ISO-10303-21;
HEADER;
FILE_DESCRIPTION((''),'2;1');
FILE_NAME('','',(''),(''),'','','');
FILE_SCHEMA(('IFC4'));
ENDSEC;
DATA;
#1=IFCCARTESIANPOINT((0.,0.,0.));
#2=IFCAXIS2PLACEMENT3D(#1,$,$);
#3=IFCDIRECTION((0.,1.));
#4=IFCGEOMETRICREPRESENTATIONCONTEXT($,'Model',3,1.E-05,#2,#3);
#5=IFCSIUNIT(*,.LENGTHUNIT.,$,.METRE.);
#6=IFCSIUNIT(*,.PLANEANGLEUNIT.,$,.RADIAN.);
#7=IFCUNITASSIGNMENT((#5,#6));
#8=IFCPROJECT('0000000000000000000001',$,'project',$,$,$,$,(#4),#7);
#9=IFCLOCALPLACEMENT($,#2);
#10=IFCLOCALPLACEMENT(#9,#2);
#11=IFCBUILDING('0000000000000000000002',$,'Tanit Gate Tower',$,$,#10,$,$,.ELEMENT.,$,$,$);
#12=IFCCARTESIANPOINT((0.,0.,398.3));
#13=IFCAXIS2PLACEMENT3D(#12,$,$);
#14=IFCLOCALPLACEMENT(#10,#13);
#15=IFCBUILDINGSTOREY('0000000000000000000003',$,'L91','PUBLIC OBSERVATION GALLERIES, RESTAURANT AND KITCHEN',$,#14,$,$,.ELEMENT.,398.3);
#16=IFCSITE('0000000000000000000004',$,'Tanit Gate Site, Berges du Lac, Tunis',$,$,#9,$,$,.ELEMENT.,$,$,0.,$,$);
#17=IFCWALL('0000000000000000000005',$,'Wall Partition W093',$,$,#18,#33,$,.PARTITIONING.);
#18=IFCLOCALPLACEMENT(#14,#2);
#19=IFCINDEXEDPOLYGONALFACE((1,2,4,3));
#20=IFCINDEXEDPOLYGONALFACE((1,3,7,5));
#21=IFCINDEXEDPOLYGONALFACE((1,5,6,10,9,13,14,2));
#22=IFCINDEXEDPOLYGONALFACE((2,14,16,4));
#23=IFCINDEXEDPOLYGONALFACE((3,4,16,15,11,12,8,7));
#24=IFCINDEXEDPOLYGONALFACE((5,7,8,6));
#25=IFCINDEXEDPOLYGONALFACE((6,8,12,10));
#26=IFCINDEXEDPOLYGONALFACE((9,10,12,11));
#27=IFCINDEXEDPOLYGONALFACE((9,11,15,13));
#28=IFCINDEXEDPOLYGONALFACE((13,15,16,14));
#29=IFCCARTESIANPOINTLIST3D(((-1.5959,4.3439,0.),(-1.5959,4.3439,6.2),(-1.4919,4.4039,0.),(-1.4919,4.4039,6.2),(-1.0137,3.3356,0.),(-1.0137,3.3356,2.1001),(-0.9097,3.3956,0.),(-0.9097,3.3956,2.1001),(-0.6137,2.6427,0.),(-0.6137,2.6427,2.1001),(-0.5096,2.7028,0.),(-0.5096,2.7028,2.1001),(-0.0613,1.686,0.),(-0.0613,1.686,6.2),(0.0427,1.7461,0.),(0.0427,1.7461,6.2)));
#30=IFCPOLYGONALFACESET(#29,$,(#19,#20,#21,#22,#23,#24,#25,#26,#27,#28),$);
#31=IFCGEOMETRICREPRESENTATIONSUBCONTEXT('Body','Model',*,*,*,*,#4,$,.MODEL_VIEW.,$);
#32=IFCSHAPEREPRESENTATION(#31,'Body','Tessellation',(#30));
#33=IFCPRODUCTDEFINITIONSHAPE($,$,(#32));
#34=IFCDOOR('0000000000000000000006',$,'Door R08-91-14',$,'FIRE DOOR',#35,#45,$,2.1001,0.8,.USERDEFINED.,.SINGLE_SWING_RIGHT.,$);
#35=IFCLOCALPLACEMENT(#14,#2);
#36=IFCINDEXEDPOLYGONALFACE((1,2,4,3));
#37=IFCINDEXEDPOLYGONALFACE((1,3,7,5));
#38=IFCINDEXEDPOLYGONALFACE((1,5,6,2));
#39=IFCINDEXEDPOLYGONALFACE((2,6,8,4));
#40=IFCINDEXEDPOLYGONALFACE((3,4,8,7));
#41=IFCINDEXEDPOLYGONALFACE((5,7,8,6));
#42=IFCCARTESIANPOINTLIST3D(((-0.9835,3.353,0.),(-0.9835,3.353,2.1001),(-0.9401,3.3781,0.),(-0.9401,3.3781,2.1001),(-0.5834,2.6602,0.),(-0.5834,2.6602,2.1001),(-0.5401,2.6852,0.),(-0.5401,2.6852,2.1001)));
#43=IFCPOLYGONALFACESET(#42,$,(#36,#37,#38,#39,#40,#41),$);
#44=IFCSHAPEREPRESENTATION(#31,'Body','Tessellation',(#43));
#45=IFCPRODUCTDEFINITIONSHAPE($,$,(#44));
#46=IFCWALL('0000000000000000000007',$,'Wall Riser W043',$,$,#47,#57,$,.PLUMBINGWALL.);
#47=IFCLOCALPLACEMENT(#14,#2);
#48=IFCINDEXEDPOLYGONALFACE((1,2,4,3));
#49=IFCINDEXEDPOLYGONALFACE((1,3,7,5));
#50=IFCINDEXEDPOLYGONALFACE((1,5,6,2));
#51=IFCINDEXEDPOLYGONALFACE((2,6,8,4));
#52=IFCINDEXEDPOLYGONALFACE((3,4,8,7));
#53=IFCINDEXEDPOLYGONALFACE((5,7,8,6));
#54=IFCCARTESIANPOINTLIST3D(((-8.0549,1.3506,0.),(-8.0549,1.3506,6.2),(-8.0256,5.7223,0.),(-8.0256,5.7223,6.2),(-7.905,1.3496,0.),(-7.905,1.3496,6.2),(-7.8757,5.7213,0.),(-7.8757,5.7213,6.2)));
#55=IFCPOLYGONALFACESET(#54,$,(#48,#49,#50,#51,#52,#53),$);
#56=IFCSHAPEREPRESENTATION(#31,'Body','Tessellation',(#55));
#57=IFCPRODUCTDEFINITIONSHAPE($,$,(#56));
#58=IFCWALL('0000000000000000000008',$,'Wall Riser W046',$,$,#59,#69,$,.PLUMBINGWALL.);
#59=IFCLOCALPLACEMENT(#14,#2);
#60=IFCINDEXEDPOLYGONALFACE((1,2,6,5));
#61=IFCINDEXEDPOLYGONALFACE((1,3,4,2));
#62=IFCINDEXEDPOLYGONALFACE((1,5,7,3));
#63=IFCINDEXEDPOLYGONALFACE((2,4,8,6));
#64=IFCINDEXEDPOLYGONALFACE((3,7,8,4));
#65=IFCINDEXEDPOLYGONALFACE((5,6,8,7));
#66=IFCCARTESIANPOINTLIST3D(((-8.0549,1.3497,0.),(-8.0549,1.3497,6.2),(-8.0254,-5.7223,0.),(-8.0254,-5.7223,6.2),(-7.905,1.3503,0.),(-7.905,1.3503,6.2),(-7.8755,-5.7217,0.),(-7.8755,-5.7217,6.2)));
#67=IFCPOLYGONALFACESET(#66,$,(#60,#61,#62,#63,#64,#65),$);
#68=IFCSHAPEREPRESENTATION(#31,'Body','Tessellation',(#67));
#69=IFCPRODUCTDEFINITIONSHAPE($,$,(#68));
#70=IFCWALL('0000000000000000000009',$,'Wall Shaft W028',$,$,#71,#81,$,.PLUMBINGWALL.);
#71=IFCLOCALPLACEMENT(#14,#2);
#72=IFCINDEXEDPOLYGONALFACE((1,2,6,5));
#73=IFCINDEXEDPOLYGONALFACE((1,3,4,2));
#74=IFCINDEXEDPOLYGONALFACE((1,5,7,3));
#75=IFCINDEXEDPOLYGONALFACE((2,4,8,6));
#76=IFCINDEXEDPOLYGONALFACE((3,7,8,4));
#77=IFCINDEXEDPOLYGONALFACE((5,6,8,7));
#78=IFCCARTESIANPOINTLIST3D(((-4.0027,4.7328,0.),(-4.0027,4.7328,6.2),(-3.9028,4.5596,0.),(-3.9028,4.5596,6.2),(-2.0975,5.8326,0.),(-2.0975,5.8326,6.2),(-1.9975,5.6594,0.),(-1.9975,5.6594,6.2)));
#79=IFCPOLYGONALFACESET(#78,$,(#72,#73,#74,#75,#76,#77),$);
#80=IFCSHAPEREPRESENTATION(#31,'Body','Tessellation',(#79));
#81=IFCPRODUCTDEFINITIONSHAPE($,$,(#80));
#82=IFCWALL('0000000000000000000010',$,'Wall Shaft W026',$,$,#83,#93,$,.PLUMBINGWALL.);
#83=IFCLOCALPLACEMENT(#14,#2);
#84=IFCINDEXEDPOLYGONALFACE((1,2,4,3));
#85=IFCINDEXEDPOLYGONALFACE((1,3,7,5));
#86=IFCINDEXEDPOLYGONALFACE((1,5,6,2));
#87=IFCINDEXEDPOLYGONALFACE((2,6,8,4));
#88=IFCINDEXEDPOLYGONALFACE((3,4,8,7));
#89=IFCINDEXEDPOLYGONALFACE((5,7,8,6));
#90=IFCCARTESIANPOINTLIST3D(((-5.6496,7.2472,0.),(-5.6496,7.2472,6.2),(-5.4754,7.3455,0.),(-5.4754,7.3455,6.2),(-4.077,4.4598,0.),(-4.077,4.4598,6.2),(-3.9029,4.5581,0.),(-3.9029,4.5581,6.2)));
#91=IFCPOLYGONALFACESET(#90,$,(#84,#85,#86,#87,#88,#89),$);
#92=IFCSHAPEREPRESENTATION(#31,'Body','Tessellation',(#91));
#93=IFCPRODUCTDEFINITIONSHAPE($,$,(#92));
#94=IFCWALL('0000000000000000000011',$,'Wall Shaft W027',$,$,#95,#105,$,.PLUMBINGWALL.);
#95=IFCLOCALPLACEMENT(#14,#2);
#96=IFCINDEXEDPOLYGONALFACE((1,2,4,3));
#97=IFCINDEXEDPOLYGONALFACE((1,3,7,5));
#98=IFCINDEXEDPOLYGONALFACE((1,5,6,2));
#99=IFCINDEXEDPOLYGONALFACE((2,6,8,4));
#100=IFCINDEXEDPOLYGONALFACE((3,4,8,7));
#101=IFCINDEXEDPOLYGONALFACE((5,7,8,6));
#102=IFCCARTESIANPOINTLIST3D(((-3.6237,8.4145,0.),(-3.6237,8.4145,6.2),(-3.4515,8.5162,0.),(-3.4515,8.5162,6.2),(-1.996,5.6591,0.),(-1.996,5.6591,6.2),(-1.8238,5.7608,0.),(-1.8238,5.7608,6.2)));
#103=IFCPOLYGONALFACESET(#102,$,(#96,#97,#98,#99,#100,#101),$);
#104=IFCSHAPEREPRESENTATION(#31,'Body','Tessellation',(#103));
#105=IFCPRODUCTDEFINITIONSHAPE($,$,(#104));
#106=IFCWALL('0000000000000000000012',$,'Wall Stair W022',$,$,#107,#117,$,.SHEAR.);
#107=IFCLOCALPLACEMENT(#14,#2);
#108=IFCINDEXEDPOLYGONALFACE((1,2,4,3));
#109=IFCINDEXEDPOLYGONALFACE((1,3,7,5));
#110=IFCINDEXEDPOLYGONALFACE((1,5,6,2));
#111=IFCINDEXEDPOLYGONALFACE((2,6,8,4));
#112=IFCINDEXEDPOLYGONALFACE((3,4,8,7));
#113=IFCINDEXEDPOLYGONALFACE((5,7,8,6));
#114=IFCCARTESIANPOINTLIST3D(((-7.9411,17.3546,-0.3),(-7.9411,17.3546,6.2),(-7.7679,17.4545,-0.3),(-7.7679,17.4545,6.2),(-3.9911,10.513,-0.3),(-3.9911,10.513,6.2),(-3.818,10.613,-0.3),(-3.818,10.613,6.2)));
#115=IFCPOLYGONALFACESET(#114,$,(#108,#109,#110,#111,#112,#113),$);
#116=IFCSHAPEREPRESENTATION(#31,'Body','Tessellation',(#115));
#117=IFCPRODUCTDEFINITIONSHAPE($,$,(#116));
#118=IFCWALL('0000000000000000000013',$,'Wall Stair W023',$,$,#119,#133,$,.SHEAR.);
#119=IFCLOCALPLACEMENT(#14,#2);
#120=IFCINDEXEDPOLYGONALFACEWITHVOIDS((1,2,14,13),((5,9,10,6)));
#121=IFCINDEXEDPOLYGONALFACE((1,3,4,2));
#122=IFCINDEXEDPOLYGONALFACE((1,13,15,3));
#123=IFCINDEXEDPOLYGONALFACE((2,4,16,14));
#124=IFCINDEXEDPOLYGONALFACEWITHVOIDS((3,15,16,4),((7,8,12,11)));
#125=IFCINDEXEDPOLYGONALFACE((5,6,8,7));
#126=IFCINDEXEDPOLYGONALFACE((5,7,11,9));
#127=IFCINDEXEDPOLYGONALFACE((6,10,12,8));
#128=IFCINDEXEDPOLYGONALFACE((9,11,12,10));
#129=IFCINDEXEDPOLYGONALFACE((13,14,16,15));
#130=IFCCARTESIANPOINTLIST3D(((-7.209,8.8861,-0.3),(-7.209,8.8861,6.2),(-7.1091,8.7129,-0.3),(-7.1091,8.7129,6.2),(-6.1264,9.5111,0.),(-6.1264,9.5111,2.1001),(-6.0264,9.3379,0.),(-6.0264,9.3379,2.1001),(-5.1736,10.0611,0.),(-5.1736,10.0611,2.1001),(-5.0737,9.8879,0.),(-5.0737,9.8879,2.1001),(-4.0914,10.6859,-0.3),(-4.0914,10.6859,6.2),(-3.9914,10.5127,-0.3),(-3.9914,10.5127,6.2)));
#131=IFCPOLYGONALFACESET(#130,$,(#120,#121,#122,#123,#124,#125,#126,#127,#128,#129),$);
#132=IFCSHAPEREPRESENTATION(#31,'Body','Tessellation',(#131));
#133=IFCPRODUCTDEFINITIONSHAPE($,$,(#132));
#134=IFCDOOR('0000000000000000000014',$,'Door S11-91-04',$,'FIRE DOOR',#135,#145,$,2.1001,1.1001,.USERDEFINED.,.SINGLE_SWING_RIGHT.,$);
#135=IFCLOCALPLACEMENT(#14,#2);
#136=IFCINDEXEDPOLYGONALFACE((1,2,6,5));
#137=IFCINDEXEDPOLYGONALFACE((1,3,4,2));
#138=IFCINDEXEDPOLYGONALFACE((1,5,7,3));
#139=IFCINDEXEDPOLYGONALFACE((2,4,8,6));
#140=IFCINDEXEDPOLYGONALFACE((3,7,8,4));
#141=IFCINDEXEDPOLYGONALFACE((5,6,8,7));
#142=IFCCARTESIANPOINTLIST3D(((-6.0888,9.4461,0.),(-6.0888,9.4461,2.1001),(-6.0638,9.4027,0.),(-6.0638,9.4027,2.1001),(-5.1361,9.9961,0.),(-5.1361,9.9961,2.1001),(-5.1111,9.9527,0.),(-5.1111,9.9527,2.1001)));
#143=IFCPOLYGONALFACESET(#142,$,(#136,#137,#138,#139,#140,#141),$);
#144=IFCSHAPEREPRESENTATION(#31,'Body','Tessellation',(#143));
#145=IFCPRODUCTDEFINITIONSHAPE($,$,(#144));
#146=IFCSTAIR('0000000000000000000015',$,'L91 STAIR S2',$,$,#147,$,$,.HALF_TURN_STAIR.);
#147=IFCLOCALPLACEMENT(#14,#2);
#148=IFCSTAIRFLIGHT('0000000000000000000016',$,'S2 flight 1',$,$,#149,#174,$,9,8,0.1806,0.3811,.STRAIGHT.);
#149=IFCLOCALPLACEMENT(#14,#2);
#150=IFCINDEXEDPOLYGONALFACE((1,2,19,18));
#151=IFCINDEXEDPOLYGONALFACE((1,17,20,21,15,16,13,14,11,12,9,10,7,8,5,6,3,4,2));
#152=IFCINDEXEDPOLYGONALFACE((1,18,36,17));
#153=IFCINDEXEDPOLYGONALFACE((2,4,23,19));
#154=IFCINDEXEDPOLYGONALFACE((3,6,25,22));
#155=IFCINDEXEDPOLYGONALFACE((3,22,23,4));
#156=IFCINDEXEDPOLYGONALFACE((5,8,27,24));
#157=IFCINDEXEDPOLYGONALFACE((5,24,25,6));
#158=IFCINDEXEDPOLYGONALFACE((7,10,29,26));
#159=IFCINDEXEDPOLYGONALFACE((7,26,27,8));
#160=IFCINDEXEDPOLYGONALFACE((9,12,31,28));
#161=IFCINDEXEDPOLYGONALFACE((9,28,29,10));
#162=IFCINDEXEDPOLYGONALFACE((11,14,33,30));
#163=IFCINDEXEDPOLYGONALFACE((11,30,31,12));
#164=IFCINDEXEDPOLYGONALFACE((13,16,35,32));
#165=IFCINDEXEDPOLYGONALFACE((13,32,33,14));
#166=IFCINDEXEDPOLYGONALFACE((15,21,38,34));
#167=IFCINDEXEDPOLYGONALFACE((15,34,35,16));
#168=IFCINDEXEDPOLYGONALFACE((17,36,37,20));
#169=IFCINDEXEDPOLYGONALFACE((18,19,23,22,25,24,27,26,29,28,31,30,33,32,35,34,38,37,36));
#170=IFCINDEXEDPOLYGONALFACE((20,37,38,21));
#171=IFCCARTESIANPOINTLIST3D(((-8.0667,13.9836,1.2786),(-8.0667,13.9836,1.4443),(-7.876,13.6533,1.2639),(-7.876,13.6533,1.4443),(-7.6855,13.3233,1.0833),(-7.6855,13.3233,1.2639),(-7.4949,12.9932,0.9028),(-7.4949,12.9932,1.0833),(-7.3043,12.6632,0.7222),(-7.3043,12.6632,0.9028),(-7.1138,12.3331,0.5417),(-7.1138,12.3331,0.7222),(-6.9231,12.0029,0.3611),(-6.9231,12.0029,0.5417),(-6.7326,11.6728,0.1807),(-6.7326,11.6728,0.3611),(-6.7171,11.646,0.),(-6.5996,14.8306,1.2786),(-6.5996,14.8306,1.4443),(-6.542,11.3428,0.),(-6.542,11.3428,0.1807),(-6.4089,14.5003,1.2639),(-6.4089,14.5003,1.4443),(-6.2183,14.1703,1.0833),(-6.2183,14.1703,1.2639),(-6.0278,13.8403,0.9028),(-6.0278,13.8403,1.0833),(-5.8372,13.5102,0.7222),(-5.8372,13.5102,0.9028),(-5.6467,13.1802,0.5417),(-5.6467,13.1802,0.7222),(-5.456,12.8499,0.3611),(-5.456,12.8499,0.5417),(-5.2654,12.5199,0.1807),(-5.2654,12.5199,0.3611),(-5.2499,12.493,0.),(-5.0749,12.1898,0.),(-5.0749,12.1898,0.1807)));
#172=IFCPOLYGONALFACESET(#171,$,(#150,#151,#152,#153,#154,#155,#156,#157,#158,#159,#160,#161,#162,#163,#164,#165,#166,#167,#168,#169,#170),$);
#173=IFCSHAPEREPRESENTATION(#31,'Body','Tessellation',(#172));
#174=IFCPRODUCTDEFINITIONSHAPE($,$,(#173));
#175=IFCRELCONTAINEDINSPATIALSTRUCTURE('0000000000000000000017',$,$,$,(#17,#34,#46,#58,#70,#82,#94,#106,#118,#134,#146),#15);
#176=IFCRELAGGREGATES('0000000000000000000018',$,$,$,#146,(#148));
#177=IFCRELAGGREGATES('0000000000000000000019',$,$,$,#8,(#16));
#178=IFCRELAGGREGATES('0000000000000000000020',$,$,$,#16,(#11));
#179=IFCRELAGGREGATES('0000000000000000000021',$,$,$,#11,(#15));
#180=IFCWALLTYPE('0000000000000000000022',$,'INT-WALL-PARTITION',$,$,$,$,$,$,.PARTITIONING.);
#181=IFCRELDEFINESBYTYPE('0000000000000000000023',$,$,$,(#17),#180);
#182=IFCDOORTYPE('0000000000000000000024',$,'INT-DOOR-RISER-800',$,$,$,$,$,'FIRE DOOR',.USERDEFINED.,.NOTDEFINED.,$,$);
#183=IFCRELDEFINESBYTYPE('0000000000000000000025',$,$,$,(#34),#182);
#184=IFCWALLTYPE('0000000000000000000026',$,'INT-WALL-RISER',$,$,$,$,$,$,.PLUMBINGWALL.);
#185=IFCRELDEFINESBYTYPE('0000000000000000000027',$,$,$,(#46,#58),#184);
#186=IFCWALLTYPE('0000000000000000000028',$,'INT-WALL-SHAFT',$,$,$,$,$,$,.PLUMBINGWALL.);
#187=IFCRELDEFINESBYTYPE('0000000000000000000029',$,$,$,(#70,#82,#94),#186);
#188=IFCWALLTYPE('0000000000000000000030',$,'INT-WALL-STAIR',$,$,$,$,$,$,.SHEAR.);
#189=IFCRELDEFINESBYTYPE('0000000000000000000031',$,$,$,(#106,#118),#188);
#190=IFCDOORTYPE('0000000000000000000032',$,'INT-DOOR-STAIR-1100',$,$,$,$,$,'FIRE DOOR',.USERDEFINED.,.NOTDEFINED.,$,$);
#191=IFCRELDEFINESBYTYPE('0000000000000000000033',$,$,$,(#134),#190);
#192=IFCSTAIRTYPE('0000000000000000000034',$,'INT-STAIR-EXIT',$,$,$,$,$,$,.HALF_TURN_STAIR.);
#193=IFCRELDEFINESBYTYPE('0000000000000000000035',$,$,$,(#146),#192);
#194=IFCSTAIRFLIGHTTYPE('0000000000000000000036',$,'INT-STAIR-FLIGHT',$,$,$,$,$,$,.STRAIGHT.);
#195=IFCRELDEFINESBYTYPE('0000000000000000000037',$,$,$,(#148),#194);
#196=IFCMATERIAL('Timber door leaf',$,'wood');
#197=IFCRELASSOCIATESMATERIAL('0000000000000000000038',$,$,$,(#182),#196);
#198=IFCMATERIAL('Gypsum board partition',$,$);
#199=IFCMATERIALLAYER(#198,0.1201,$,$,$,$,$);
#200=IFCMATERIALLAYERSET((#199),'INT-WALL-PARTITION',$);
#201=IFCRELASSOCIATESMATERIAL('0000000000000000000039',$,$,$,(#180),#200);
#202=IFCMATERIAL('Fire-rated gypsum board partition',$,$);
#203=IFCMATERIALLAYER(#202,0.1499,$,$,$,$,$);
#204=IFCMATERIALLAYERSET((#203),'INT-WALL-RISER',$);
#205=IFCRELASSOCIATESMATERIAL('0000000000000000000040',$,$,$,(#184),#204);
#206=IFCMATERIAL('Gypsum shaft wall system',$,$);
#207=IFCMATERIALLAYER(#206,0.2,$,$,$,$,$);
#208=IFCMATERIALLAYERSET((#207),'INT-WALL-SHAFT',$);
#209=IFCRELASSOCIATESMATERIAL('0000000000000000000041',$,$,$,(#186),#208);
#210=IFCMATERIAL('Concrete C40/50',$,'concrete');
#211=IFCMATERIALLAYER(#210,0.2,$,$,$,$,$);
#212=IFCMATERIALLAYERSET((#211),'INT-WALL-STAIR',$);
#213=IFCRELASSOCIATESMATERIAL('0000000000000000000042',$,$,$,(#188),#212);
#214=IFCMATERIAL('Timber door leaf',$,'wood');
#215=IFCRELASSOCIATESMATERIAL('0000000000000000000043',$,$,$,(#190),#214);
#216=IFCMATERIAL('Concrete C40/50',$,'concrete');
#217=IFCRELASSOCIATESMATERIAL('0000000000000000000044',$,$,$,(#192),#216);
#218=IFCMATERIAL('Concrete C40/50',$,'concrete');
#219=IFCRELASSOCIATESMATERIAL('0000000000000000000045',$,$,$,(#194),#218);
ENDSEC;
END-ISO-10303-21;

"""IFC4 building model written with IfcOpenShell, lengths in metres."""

from ifc_helpers import new_model, si_unit, direction, frame, frame_2d, origin, place, context, subcontext, project, spatial, polyline, rectangle, outline, extrude, material, layer, layer_set, type_object, element, fill, aggregate, save


model = new_model("IFC4")

# Units and contexts
model_context = context("Model", 3, precision=1e-05, world=origin(), true_north=direction((0.0, 1.0)))
body_context = subcontext(model_context, "Body", "Model", "MODEL_VIEW")
ifc_project = project(units=[si_unit("LENGTHUNIT", "METRE"), si_unit("PLANEANGLEUNIT", "RADIAN")], contexts=[model_context])

# Site, building, storey
site_placement = place(None, origin())
site = spatial("IfcSite", under=ifc_project, at=site_placement, Name="Tanit Gate Site, Berges du Lac, Tunis", CompositionType="ELEMENT", RefElevation=0.0)
building_placement = place(site_placement, origin())
building = spatial("IfcBuilding", under=site, at=building_placement, Name="Tanit Gate Tower", CompositionType="ELEMENT")
storey_placement = place(building_placement, frame((0.0, 0.0, 398.3)))
storey = spatial("IfcBuildingStorey", under=building, at=storey_placement, Name="L91", Description="PUBLIC OBSERVATION GALLERIES, RESTAURANT AND KITCHEN", CompositionType="ELEMENT", Elevation=398.3)

# Shared definitions
ifc_material_1 = material(Name="Timber door leaf", Category="wood")
door_type_1 = type_object("IfcDoorType", Name="INT-DOOR-RISER-800", ElementType="FIRE DOOR", OperationType="NOTDEFINED", PredefinedType="USERDEFINED", material=ifc_material_1)

# Shared definitions
ifc_material_2 = material(Name="Gypsum board partition")
ifc_layer_1 = layer(ifc_material_2, 0.1201)
ifc_layer_set_1 = layer_set([ifc_layer_1], Name="INT-WALL-PARTITION")
wall_type_1 = type_object("IfcWallType", Name="INT-WALL-PARTITION", PredefinedType="PARTITIONING", material=ifc_layer_set_1)

# Wall, opening, door
wall_1_placement = place(storey_placement, frame((-1.5439, 4.374, 0.0), z_axis=(0.0, 0.0, 1.0), x_axis=(0.500023, -0.866012, 0.0)))
wall_1 = element("IfcWall", 1, at=wall_1_placement, inside=storey, type_object=wall_type_1, Name="Wall Partition W093", PredefinedType="PARTITIONING", context=body_context, shape_type="SweptSolid", body=[
    extrude(rectangle(XDim=3.0691, YDim=0.1201, at=frame_2d((1.5347, 0.0))), origin(), (0.0, 0.0, 1.0), 6.2),
])
opening_1_placement = place(wall_1_placement, frame((1.1646, 0.0, 0.0)))
opening_1 = element("IfcOpeningElement", 2, at=opening_1_placement, cuts=wall_1, PredefinedType="OPENING", context=body_context, shape_type="SweptSolid", body=[
    extrude(rectangle(XDim=0.8, YDim=2.1001, at=frame_2d((0.3999, 1.05))), frame((0.0, 0.0701, 0.0), z_axis=(0.0, -1.0, 0.0), x_axis=(1.0, 0.0, 0.0)), (0.0, 0.0, 1.0), 0.1401),
])
door_1_placement = place(opening_1_placement, origin())
door_1 = element("IfcDoor", 3, at=door_1_placement, inside=storey, type_object=door_type_1, Name="Door R08-91-14", ObjectType="FIRE DOOR", OperationType="SINGLE_SWING_RIGHT", OverallHeight=2.1001, OverallWidth=0.8, PredefinedType="USERDEFINED", context=body_context, shape_type="SweptSolid", body=[
    extrude(rectangle(XDim=0.8, YDim=2.1001, at=frame_2d((0.3999, 1.05))), frame((0.0, 0.0249, 0.0), z_axis=(0.0, -1.0, 0.0), x_axis=(1.0, 0.0, 0.0)), (0.0, 0.0, 1.0), 0.05),
])
fill(opening_1, door_1)

# Walls
ifc_material_3 = material(Name="Fire-rated gypsum board partition")
ifc_layer_2 = layer(ifc_material_3, 0.1499)
ifc_layer_set_2 = layer_set([ifc_layer_2], Name="INT-WALL-RISER")
wall_type_2 = type_object("IfcWallType", Name="INT-WALL-RISER", PredefinedType="PLUMBINGWALL", material=ifc_layer_set_2)
wall_2_placement = place(storey_placement, frame((-7.9507, 5.7219, 0.0), z_axis=(0.0, 0.0, 1.0), x_axis=(-0.006701, -0.999978, 0.0)))
element("IfcWall", 4, at=wall_2_placement, inside=storey, type_object=wall_type_2, Name="Wall Riser W043", PredefinedType="PLUMBINGWALL", context=body_context, shape_type="SweptSolid", body=[
    extrude(rectangle(XDim=4.3718, YDim=0.1499, at=frame_2d((2.186, 0.0))), origin(), (0.0, 0.0, 1.0), 6.2),
])
wall_3_placement = place(storey_placement, frame((-7.98, 1.3501, 0.0), z_axis=(0.0, 0.0, 1.0), x_axis=(0.004177, -0.999991, 0.0)))
element("IfcWall", 5, at=wall_3_placement, inside=storey, type_object=wall_type_2, Name="Wall Riser W046", PredefinedType="PLUMBINGWALL", context=body_context, shape_type="SweptSolid", body=[
    extrude(rectangle(XDim=7.072, YDim=0.1499, at=frame_2d((3.5361, 0.0))), origin(), (0.0, 0.0, 1.0), 6.2),
])

# Shared definitions
ifc_material_4 = material(Name="Gypsum shaft wall system")
ifc_layer_3 = layer(ifc_material_4, 0.2)
ifc_layer_set_3 = layer_set([ifc_layer_3], Name="INT-WALL-SHAFT")
wall_type_3 = type_object("IfcWallType", Name="INT-WALL-SHAFT", PredefinedType="PLUMBINGWALL", material=ifc_layer_set_3)

# Walls
wall_4_placement = place(storey_placement, frame((-2.0474, 5.7461, 0.0), z_axis=(0.0, 0.0, 1.0), x_axis=(-0.866056, -0.499947, 0.0)))
element("IfcWall", 6, at=wall_4_placement, inside=storey, type_object=wall_type_3, Name="Wall Shaft W028", PredefinedType="PLUMBINGWALL", context=body_context, shape_type="SweptSolid", body=[
    extrude(rectangle(XDim=2.2, YDim=0.2, at=frame_2d((1.1001, 0.0))), origin(), (0.0, 0.0, 1.0), 6.2),
])
wall_5_placement = place(storey_placement, frame((-3.99, 4.509, 0.0), z_axis=(0.0, 0.0, 1.0), x_axis=(-0.491358, 0.870958, 0.0)))
element("IfcWall", 7, at=wall_5_placement, inside=storey, type_object=wall_type_3, Name="Wall Shaft W026", PredefinedType="PLUMBINGWALL", context=body_context, shape_type="SweptSolid", body=[
    extrude(rectangle(XDim=3.2004, YDim=0.2, at=frame_2d((1.6001, 0.0))), origin(), (0.0, 0.0, 1.0), 6.2),
])
wall_6_placement = place(storey_placement, frame((-3.5376, 8.4653, 0.0), z_axis=(0.0, 0.0, 1.0), x_axis=(0.508616, -0.860993, 0.0)))
element("IfcWall", 8, at=wall_6_placement, inside=storey, type_object=wall_type_3, Name="Wall Shaft W027", PredefinedType="PLUMBINGWALL", context=body_context, shape_type="SweptSolid", body=[
    extrude(rectangle(XDim=3.2002, YDim=0.2, at=frame_2d((1.6001, 0.0))), origin(), (0.0, 0.0, 1.0), 6.2),
])
ifc_material_5 = material(Name="Concrete C40/50", Category="concrete")
ifc_layer_4 = layer(ifc_material_5, 0.2)
ifc_layer_set_4 = layer_set([ifc_layer_4], Name="INT-WALL-STAIR")
wall_type_4 = type_object("IfcWallType", Name="INT-WALL-STAIR", PredefinedType="SHEAR", material=ifc_layer_set_4)
wall_7_placement = place(storey_placement, frame((-7.8545, 17.4045, -0.3), z_axis=(0.0, 0.0, 1.0), x_axis=(0.499998, -0.866027, 0.0)))
element("IfcWall", 9, at=wall_7_placement, inside=storey, type_object=wall_type_4, Name="Wall Stair W022", PredefinedType="SHEAR", context=body_context, shape_type="SweptSolid", body=[
    extrude(rectangle(XDim=7.8999, YDim=0.2, at=frame_2d((3.95, 0.0))), origin(), (0.0, 0.0, 1.0), 6.5),
])

# Wall, opening, door
wall_8_placement = place(storey_placement, frame((-7.1589, 8.7996, -0.3), z_axis=(0.0, 0.0, 1.0), x_axis=(0.866048, 0.499961, 0.0)))
wall_8 = element("IfcWall", 10, at=wall_8_placement, inside=storey, type_object=wall_type_4, Name="Wall Stair W023", PredefinedType="SHEAR", context=body_context, shape_type="SweptSolid", body=[
    extrude(rectangle(XDim=3.5999, YDim=0.2, at=frame_2d((1.7998, 0.0))), origin(), (0.0, 0.0, 1.0), 6.5),
])
opening_2_placement = place(wall_8_placement, frame((1.25, 0.0, 0.3)))
opening_2 = element("IfcOpeningElement", 11, at=opening_2_placement, cuts=wall_8, PredefinedType="OPENING", context=body_context, shape_type="SweptSolid", body=[
    extrude(rectangle(XDim=1.1001, YDim=2.1001, at=frame_2d((0.55, 1.05))), frame((0.0, 0.1099, 0.0), z_axis=(0.0, -1.0, 0.0), x_axis=(1.0, 0.0, 0.0)), (0.0, 0.0, 1.0), 0.22),
])
ifc_material_6 = material(Name="Timber door leaf", Category="wood")
door_type_2 = type_object("IfcDoorType", Name="INT-DOOR-STAIR-1100", ElementType="FIRE DOOR", OperationType="NOTDEFINED", PredefinedType="USERDEFINED", material=ifc_material_6)
door_2_placement = place(opening_2_placement, origin())
door_2 = element("IfcDoor", 12, at=door_2_placement, inside=storey, type_object=door_type_2, Name="Door S11-91-04", ObjectType="FIRE DOOR", OperationType="SINGLE_SWING_RIGHT", OverallHeight=2.1001, OverallWidth=1.1001, PredefinedType="USERDEFINED", context=body_context, shape_type="SweptSolid", body=[
    extrude(rectangle(XDim=1.1001, YDim=2.1001, at=frame_2d((0.55, 1.05))), frame((0.0, 0.0249, 0.0), z_axis=(0.0, -1.0, 0.0), x_axis=(1.0, 0.0, 0.0)), (0.0, 0.0, 1.0), 0.05),
])
fill(opening_2, door_2)

# Stair, stair flight
ifc_material_7 = material(Name="Concrete C40/50", Category="concrete")
stair_type = type_object("IfcStairType", Name="INT-STAIR-EXIT", PredefinedType="HALF_TURN_STAIR", material=ifc_material_7)
stair_placement = place(storey_placement, origin())
stair = element("IfcStair", 13, at=stair_placement, inside=storey, type_object=stair_type, Name="L91 STAIR S2", PredefinedType="HALF_TURN_STAIR")
ifc_material_8 = material(Name="Concrete C40/50", Category="concrete")
stair_flight_type = type_object("IfcStairFlightType", Name="INT-STAIR-FLIGHT", PredefinedType="STRAIGHT", material=ifc_material_8)
stair_flight_1_placement = place(storey_placement, frame((-5.8083, 11.7664, 0.0), z_axis=(0.0, 0.0, 1.0), x_axis=(-0.5, 0.866025, 0.0)))
stair_flight_1 = element("IfcStairFlight", 14, at=stair_flight_1_placement, type_object=stair_flight_type, Name="S2 flight 1", NumberOfRisers=9, NumberOfTreads=8, PredefinedType="STRAIGHT", RiserHeight=0.1806, TreadLength=0.3811, context=body_context, shape_type="SweptSolid", body=[
    extrude(outline(polyline([(0.0, 0.0), (0.0, 0.1807), (0.3811, 0.1807), (0.3811, 0.3611), (0.7622, 0.3611), (0.7622, 0.5417), (1.1436, 0.5417), (1.1436, 0.7222), (1.5247, 0.7222), (1.5247, 0.9028), (1.9058, 0.9028), (1.9058, 1.0833), (2.2869, 1.0833), (2.2869, 1.2639), (2.668, 1.2639), (2.668, 1.4443), (3.0493, 1.4443), (3.0493, 1.625), (3.0493, 1.2786), (0.3501, 0.0), (0.0, 0.0)])), frame((0.0, 0.8472, 0.0), z_axis=(0.0, -1.0, 0.0), x_axis=(1.0, 0.0, 0.0)), (0.0, 0.0, 1.0), 1.6941),
])
aggregate(stair, [stair_flight_1])

save(model, "model.ifc")
